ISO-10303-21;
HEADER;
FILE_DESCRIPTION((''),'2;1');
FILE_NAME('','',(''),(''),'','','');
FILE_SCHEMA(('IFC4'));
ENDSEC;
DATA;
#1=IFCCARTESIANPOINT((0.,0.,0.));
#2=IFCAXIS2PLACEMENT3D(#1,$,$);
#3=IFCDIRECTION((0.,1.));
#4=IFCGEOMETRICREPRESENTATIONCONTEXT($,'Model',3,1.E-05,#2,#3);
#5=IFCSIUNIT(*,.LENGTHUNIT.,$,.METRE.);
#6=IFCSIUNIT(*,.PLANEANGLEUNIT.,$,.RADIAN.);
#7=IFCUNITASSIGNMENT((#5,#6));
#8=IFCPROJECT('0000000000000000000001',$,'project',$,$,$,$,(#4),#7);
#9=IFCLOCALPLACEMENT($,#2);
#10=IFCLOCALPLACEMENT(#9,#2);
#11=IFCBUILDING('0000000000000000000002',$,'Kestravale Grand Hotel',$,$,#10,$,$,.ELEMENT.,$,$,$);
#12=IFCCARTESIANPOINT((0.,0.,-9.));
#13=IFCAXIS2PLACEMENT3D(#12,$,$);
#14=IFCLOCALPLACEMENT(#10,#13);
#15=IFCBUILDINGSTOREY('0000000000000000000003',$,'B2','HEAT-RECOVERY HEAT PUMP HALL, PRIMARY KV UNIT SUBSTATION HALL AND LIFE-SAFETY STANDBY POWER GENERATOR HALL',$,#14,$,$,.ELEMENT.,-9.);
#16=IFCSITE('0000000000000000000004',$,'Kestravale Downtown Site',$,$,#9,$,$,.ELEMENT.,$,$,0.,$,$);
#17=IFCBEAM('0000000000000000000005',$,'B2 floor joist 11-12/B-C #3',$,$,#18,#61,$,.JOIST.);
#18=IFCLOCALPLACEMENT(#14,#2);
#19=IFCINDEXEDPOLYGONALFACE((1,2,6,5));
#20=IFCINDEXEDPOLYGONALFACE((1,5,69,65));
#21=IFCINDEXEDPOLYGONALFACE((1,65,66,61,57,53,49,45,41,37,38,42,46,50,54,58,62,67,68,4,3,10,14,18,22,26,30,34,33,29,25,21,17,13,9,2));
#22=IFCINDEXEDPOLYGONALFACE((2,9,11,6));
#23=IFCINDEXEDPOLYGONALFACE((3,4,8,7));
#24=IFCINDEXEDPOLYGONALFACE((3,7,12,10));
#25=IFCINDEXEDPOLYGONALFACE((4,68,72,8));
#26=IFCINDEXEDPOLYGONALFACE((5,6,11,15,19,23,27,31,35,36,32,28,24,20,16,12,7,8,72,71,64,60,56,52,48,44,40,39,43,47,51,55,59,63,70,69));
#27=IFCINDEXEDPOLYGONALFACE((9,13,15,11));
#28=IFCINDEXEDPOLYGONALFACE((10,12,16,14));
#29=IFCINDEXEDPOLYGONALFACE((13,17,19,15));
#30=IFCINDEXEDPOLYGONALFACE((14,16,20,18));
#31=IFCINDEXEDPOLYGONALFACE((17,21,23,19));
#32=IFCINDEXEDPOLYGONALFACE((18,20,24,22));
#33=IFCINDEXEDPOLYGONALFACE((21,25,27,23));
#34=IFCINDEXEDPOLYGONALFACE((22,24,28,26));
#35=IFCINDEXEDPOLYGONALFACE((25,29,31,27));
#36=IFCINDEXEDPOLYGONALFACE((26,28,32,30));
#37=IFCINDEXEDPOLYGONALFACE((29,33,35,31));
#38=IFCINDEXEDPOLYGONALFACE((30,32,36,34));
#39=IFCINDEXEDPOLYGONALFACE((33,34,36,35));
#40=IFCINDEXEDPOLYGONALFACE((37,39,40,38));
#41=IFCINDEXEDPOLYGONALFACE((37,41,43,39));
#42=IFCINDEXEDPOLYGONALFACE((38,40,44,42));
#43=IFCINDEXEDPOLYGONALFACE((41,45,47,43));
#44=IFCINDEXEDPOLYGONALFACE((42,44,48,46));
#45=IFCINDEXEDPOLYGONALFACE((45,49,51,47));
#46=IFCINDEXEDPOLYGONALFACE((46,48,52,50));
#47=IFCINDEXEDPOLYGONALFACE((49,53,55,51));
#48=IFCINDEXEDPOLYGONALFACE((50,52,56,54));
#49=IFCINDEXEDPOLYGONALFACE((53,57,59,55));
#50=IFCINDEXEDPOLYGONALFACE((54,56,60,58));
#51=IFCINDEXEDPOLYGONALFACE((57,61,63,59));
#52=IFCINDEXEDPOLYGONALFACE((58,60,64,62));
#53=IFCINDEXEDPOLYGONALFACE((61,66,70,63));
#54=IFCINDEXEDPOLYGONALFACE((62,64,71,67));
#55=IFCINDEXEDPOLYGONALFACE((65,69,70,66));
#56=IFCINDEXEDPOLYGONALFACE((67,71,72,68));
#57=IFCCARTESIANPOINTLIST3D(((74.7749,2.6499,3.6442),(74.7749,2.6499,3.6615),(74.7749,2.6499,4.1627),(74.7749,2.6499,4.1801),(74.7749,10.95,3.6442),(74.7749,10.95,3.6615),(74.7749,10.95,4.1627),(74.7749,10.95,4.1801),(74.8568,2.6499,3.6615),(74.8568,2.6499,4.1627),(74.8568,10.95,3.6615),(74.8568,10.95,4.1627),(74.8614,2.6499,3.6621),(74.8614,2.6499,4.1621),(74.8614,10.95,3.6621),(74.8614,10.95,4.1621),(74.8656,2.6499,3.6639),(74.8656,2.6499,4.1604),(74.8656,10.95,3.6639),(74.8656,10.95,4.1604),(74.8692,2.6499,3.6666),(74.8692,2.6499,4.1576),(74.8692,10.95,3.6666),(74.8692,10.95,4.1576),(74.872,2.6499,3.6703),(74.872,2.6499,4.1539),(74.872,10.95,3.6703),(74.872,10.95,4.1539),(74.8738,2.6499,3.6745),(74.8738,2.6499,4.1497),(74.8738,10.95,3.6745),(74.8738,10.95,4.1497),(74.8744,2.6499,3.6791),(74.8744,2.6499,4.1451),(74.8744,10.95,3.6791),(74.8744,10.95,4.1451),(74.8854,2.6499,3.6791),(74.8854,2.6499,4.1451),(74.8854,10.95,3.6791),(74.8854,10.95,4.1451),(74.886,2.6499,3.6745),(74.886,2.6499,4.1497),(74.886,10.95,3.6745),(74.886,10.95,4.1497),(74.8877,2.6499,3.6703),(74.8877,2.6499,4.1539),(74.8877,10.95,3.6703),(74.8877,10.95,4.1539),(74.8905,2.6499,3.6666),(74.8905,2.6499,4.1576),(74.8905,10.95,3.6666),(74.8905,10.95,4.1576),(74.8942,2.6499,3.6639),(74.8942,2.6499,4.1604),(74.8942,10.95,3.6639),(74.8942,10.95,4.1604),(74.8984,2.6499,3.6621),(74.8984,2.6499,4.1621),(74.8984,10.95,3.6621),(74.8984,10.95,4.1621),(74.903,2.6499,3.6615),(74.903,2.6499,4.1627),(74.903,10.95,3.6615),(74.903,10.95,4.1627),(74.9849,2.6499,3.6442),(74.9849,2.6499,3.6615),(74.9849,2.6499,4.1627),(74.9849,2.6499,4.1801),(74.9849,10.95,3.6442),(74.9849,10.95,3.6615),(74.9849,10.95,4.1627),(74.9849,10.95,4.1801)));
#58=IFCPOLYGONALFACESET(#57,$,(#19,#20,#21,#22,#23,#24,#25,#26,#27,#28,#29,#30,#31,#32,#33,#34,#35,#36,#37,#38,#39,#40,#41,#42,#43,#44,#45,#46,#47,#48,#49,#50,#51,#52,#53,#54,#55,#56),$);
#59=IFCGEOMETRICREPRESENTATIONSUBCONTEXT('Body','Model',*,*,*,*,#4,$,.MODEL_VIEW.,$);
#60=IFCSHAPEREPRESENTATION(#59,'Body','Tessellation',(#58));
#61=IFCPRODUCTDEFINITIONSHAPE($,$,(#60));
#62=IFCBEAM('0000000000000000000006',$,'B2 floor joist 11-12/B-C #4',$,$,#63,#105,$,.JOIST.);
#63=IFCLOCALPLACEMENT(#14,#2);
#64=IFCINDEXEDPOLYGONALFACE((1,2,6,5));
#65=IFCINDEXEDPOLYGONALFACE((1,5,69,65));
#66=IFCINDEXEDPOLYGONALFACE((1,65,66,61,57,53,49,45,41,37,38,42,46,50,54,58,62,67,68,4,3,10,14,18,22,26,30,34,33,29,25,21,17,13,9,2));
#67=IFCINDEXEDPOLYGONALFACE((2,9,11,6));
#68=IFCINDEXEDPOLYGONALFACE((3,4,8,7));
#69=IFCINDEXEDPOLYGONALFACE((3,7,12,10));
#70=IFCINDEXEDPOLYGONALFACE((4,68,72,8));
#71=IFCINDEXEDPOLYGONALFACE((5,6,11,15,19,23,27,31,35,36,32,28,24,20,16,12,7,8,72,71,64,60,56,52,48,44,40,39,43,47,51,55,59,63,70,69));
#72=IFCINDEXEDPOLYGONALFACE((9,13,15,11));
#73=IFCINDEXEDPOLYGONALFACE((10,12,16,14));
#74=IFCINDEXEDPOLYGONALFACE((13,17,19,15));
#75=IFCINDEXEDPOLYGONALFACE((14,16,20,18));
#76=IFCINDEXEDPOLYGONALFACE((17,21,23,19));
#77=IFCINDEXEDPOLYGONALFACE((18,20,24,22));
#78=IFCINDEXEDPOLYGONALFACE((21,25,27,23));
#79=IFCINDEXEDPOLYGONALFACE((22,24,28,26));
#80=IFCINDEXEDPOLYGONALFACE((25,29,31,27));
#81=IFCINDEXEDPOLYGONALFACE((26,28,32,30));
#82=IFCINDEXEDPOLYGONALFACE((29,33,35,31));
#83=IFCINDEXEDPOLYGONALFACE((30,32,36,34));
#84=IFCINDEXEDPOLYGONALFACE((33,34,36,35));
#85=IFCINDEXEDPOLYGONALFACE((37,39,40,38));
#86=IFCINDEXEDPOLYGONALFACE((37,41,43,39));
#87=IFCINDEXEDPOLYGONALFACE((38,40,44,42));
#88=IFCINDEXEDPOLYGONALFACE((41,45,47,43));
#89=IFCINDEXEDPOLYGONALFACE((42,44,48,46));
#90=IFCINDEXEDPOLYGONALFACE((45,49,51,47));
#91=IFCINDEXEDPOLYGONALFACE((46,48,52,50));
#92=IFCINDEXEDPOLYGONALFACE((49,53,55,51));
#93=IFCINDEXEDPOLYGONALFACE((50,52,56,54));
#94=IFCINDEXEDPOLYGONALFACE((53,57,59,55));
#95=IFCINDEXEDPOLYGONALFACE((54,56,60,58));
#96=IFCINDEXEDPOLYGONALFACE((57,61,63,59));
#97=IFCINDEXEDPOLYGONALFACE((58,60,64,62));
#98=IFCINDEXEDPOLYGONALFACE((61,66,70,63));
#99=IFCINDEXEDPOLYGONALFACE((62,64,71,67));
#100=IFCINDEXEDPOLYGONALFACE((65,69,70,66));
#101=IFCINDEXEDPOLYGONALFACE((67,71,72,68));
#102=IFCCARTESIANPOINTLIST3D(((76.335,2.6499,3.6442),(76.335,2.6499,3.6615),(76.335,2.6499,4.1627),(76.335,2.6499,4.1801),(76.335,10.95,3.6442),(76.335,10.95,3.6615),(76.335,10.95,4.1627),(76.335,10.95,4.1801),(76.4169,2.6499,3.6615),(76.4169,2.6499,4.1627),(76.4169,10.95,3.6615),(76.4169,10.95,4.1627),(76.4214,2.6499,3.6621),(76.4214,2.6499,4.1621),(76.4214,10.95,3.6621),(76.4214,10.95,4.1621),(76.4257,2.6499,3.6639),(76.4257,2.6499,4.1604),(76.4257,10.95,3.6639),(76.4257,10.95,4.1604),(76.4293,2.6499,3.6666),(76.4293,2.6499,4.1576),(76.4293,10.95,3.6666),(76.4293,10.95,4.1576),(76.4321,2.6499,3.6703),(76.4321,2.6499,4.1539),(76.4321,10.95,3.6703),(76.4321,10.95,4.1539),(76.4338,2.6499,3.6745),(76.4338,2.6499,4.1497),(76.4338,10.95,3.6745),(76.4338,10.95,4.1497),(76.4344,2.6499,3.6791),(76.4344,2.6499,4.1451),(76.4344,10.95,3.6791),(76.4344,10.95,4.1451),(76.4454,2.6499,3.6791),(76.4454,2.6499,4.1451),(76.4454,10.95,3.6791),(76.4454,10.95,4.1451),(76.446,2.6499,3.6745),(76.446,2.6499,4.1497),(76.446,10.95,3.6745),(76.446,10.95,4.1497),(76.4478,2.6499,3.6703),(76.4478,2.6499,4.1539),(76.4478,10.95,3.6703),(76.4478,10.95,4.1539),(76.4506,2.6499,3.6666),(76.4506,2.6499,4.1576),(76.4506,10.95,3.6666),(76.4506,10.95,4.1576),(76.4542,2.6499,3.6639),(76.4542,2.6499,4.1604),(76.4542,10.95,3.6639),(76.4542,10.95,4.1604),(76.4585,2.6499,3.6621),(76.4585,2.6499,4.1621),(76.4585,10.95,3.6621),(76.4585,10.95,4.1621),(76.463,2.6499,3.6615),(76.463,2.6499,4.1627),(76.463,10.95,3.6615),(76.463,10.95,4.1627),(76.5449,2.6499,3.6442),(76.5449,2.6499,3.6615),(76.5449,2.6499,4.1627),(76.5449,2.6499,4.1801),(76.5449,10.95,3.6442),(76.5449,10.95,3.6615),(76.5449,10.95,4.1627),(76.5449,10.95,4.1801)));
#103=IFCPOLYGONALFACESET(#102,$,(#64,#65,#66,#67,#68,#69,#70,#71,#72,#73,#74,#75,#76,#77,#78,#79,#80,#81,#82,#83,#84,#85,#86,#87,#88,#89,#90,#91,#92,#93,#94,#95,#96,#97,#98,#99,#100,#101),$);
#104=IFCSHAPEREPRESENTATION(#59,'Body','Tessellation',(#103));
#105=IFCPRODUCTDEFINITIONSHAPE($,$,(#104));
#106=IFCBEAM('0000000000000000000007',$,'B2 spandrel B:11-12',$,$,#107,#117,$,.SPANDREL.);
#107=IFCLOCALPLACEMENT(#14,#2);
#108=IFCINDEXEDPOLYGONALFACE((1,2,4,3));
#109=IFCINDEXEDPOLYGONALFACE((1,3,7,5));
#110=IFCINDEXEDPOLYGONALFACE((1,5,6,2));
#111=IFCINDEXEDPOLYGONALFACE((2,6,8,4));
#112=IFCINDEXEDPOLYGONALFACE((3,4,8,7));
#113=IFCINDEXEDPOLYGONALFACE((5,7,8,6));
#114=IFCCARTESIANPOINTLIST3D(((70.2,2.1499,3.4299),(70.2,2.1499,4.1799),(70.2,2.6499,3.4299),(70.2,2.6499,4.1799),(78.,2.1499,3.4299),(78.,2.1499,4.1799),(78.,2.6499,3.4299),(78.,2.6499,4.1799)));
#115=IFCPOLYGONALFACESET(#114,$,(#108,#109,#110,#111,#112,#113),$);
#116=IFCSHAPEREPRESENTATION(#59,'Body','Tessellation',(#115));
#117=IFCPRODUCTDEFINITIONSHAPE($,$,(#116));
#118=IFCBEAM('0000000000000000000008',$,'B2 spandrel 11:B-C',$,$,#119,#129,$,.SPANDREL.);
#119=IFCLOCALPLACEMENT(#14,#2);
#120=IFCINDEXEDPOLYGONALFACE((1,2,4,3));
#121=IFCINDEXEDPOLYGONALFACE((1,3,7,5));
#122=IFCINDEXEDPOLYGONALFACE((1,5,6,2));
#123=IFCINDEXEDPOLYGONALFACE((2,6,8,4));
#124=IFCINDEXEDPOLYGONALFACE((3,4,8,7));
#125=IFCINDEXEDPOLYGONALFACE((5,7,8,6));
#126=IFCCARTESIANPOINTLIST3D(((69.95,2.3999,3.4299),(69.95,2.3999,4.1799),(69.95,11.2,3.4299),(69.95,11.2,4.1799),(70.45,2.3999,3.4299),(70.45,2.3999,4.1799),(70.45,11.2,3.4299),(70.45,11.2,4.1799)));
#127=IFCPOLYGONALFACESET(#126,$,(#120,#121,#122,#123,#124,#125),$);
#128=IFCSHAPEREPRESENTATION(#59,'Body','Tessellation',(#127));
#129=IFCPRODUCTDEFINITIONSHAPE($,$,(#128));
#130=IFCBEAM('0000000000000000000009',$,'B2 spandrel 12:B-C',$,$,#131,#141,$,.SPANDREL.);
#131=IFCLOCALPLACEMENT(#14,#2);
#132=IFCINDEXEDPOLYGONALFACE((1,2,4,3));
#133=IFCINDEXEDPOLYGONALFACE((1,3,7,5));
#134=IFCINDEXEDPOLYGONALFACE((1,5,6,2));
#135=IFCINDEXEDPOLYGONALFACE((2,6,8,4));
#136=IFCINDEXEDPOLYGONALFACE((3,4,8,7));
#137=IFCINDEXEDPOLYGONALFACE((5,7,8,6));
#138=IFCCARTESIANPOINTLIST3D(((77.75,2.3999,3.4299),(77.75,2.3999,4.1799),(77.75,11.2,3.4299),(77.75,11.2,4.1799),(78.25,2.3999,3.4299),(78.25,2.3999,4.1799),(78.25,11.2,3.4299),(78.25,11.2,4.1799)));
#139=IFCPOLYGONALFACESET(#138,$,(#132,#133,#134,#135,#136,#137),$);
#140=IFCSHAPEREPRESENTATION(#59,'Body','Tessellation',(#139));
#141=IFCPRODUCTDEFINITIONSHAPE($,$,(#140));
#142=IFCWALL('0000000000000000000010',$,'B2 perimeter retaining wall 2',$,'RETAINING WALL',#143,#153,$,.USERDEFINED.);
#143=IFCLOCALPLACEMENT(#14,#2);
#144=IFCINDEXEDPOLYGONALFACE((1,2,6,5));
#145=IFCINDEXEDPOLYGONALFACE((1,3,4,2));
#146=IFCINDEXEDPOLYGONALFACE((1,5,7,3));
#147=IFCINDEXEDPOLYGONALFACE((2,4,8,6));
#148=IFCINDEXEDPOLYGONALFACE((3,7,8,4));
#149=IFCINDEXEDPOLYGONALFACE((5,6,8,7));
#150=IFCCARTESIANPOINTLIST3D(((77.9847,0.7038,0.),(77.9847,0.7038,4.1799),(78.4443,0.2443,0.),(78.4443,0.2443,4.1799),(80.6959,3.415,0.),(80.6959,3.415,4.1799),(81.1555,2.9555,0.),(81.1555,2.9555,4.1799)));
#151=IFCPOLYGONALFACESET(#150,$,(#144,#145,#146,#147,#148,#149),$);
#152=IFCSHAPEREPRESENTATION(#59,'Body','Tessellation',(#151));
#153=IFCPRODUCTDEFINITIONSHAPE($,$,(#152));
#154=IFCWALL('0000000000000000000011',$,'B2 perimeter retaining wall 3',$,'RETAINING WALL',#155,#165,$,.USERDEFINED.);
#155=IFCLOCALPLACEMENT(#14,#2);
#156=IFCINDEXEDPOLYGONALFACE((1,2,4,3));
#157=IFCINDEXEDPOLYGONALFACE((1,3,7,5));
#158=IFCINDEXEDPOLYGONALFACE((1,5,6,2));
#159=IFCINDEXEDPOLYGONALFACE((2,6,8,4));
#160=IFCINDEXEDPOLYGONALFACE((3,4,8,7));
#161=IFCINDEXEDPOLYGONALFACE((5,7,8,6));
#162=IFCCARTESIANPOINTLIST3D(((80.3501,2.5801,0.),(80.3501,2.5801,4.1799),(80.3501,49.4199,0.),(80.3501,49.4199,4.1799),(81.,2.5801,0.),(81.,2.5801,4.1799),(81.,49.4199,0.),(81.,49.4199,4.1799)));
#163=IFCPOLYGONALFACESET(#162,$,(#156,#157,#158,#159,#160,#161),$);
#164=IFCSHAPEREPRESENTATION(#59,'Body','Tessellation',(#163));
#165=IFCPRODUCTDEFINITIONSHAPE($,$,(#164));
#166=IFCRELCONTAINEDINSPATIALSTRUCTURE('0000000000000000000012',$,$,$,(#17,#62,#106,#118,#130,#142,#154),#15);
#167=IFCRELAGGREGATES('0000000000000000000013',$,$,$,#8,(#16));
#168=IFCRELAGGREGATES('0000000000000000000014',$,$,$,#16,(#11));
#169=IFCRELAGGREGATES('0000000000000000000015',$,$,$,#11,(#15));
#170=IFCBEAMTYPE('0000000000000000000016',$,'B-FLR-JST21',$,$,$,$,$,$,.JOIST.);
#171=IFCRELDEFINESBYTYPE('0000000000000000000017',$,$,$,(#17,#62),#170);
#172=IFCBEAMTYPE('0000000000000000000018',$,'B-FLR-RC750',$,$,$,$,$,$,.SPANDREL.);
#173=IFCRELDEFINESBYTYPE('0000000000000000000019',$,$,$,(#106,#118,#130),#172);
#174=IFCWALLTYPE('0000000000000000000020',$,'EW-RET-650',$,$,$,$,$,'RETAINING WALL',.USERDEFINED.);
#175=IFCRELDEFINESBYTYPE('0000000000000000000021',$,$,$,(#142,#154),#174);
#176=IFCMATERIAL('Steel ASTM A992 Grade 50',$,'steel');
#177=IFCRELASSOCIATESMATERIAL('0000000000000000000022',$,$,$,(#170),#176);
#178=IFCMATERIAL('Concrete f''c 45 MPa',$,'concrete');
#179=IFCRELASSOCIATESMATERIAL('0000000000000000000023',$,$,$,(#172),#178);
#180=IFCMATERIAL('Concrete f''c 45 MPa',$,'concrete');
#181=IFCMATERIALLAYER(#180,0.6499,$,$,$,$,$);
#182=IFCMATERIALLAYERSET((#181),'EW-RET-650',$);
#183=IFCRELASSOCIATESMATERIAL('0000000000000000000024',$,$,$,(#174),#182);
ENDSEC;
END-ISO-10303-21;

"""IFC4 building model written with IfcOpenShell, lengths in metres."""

from ifc_helpers import new_model, si_unit, direction, frame, frame_2d, origin, origin_2d, place, context, subcontext, project, spatial, rectangle, i_section, extrude, material, layer, layer_set, material_profile, profile_set, type_object, element, save


model = new_model("IFC4")

# Units and contexts
model_context = context("Model", 3, precision=1e-05, world=origin(), true_north=direction((0.0, 1.0)))
body_context = subcontext(model_context, "Body", "Model", "MODEL_VIEW")
ifc_project = project(units=[si_unit("LENGTHUNIT", "METRE"), si_unit("PLANEANGLEUNIT", "RADIAN")], contexts=[model_context])

# Site, building, storey
site_placement = place(None, origin())
site = spatial("IfcSite", under=ifc_project, at=site_placement, Name="Kestravale Downtown Site", CompositionType="ELEMENT", RefElevation=0.0)
building_placement = place(site_placement, origin())
building = spatial("IfcBuilding", under=site, at=building_placement, Name="Kestravale Grand Hotel", CompositionType="ELEMENT")
storey_placement = place(building_placement, frame((0.0, 0.0, -9.0)))
storey = spatial("IfcBuildingStorey", under=building, at=storey_placement, Name="B2", Description="HEAT-RECOVERY HEAT PUMP HALL, PRIMARY KV UNIT SUBSTATION HALL AND LIFE-SAFETY STANDBY POWER GENERATOR HALL", CompositionType="ELEMENT", Elevation=-9.0)

# Beams
ifc_material_1 = material(Name="Steel ASTM A992 Grade 50", Category="steel")
ifc_material_profile_1 = material_profile(ifc_material_1, i_section(OverallWidth=0.21, OverallDepth=0.5359, WebThickness=0.011, FlangeThickness=0.0173, FilletRadius=0.0176, at=origin_2d()))
ifc_profile_set_1 = profile_set([ifc_material_profile_1], Name="Steel ASTM A992 Grade 50")
beam_type_1 = type_object("IfcBeamType", Name="B-FLR-JST21", PredefinedType="JOIST", material=ifc_profile_set_1)
for number, where, z_axis, x_axis, name in (
    (1, (74.8799, 2.6499, 3.9121), (0.0, 1.0, 0.0), (-1.0, 0.0, 0.0), "B2 floor joist 11-12/B-C #3"),
    (2, (76.4399, 2.6499, 3.9121), (0.0, 1.0, 0.0), (-1.0, 0.0, 0.0), "B2 floor joist 11-12/B-C #4"),
):
    element("IfcBeam", number, at=place(storey_placement, frame(where, z_axis=z_axis, x_axis=x_axis)), inside=storey, type_object=beam_type_1, Name=name, PredefinedType="JOIST", context=body_context, shape_type="SweptSolid", body=[
        extrude(i_section(OverallWidth=0.21, OverallDepth=0.5359, WebThickness=0.011, FlangeThickness=0.0173, FilletRadius=0.0176, at=origin_2d()), origin(), (0.0, 0.0, 1.0), 8.3),
    ])
ifc_material_2 = material(Name="Concrete f'c 45 MPa", Category="concrete")
ifc_material_profile_2 = material_profile(ifc_material_2, rectangle(XDim=0.5, YDim=0.75, at=origin_2d()))
ifc_profile_set_2 = profile_set([ifc_material_profile_2], Name="Concrete f'c 45 MPa")
beam_type_2 = type_object("IfcBeamType", Name="B-FLR-RC750", PredefinedType="SPANDREL", material=ifc_profile_set_2)
beam_placement = place(storey_placement, frame((70.2, 2.3999, 3.8049), z_axis=(1.0, 0.0, 0.0), x_axis=(0.0, 1.0, 0.0)))
element("IfcBeam", 3, at=beam_placement, inside=storey, type_object=beam_type_2, Name="B2 spandrel B:11-12", PredefinedType="SPANDREL", context=body_context, shape_type="SweptSolid", body=[
    extrude(rectangle(XDim=0.5, YDim=0.75, at=origin_2d()), origin(), (0.0, 0.0, 1.0), 7.8),
])
for number, where, z_axis, x_axis, name in (
    (4, (70.2, 2.3999, 3.8049), (0.0, 1.0, 0.0), (-1.0, 0.0, 0.0), "B2 spandrel 11:B-C"),
    (5, (78.0, 2.3999, 3.8049), (0.0, 1.0, 0.0), (-1.0, 0.0, 0.0), "B2 spandrel 12:B-C"),
):
    element("IfcBeam", number, at=place(storey_placement, frame(where, z_axis=z_axis, x_axis=x_axis)), inside=storey, type_object=beam_type_2, Name=name, PredefinedType="SPANDREL", context=body_context, shape_type="SweptSolid", body=[
        extrude(rectangle(XDim=0.5, YDim=0.75, at=origin_2d()), origin(), (0.0, 0.0, 1.0), 8.8),
    ])

# Walls
ifc_material_3 = material(Name="Concrete f'c 45 MPa", Category="concrete")
ifc_layer = layer(ifc_material_3, 0.6499)
ifc_layer_set = layer_set([ifc_layer], Name="EW-RET-650")
wall_type = type_object("IfcWallType", Name="EW-RET-650", ElementType="RETAINING WALL", PredefinedType="USERDEFINED", material=ifc_layer_set)
wall_1_placement = place(storey_placement, frame((78.2146, 0.4741, 0.0), z_axis=(0.0, 0.0, 1.0), x_axis=(0.707107, 0.707107, 0.0)))
element("IfcWall", 6, at=wall_1_placement, inside=storey, type_object=wall_type, Name="B2 perimeter retaining wall 2", ObjectType="RETAINING WALL", PredefinedType="USERDEFINED", context=body_context, shape_type="SweptSolid", body=[
    extrude(rectangle(XDim=3.8342, YDim=0.6499, at=frame_2d((1.917, 0.0))), origin(), (0.0, 0.0, 1.0), 4.1799),
])
wall_2_placement = place(storey_placement, frame((80.675, 2.5801, 0.0), z_axis=(0.0, 0.0, 1.0), x_axis=(0.0, 1.0, 0.0)))
element("IfcWall", 7, at=wall_2_placement, inside=storey, type_object=wall_type, Name="B2 perimeter retaining wall 3", ObjectType="RETAINING WALL", PredefinedType="USERDEFINED", context=body_context, shape_type="SweptSolid", body=[
    extrude(rectangle(XDim=46.8398, YDim=0.6499, at=frame_2d((23.4199, 0.0))), origin(), (0.0, 0.0, 1.0), 4.1799),
])

save(model, "model.ifc")
